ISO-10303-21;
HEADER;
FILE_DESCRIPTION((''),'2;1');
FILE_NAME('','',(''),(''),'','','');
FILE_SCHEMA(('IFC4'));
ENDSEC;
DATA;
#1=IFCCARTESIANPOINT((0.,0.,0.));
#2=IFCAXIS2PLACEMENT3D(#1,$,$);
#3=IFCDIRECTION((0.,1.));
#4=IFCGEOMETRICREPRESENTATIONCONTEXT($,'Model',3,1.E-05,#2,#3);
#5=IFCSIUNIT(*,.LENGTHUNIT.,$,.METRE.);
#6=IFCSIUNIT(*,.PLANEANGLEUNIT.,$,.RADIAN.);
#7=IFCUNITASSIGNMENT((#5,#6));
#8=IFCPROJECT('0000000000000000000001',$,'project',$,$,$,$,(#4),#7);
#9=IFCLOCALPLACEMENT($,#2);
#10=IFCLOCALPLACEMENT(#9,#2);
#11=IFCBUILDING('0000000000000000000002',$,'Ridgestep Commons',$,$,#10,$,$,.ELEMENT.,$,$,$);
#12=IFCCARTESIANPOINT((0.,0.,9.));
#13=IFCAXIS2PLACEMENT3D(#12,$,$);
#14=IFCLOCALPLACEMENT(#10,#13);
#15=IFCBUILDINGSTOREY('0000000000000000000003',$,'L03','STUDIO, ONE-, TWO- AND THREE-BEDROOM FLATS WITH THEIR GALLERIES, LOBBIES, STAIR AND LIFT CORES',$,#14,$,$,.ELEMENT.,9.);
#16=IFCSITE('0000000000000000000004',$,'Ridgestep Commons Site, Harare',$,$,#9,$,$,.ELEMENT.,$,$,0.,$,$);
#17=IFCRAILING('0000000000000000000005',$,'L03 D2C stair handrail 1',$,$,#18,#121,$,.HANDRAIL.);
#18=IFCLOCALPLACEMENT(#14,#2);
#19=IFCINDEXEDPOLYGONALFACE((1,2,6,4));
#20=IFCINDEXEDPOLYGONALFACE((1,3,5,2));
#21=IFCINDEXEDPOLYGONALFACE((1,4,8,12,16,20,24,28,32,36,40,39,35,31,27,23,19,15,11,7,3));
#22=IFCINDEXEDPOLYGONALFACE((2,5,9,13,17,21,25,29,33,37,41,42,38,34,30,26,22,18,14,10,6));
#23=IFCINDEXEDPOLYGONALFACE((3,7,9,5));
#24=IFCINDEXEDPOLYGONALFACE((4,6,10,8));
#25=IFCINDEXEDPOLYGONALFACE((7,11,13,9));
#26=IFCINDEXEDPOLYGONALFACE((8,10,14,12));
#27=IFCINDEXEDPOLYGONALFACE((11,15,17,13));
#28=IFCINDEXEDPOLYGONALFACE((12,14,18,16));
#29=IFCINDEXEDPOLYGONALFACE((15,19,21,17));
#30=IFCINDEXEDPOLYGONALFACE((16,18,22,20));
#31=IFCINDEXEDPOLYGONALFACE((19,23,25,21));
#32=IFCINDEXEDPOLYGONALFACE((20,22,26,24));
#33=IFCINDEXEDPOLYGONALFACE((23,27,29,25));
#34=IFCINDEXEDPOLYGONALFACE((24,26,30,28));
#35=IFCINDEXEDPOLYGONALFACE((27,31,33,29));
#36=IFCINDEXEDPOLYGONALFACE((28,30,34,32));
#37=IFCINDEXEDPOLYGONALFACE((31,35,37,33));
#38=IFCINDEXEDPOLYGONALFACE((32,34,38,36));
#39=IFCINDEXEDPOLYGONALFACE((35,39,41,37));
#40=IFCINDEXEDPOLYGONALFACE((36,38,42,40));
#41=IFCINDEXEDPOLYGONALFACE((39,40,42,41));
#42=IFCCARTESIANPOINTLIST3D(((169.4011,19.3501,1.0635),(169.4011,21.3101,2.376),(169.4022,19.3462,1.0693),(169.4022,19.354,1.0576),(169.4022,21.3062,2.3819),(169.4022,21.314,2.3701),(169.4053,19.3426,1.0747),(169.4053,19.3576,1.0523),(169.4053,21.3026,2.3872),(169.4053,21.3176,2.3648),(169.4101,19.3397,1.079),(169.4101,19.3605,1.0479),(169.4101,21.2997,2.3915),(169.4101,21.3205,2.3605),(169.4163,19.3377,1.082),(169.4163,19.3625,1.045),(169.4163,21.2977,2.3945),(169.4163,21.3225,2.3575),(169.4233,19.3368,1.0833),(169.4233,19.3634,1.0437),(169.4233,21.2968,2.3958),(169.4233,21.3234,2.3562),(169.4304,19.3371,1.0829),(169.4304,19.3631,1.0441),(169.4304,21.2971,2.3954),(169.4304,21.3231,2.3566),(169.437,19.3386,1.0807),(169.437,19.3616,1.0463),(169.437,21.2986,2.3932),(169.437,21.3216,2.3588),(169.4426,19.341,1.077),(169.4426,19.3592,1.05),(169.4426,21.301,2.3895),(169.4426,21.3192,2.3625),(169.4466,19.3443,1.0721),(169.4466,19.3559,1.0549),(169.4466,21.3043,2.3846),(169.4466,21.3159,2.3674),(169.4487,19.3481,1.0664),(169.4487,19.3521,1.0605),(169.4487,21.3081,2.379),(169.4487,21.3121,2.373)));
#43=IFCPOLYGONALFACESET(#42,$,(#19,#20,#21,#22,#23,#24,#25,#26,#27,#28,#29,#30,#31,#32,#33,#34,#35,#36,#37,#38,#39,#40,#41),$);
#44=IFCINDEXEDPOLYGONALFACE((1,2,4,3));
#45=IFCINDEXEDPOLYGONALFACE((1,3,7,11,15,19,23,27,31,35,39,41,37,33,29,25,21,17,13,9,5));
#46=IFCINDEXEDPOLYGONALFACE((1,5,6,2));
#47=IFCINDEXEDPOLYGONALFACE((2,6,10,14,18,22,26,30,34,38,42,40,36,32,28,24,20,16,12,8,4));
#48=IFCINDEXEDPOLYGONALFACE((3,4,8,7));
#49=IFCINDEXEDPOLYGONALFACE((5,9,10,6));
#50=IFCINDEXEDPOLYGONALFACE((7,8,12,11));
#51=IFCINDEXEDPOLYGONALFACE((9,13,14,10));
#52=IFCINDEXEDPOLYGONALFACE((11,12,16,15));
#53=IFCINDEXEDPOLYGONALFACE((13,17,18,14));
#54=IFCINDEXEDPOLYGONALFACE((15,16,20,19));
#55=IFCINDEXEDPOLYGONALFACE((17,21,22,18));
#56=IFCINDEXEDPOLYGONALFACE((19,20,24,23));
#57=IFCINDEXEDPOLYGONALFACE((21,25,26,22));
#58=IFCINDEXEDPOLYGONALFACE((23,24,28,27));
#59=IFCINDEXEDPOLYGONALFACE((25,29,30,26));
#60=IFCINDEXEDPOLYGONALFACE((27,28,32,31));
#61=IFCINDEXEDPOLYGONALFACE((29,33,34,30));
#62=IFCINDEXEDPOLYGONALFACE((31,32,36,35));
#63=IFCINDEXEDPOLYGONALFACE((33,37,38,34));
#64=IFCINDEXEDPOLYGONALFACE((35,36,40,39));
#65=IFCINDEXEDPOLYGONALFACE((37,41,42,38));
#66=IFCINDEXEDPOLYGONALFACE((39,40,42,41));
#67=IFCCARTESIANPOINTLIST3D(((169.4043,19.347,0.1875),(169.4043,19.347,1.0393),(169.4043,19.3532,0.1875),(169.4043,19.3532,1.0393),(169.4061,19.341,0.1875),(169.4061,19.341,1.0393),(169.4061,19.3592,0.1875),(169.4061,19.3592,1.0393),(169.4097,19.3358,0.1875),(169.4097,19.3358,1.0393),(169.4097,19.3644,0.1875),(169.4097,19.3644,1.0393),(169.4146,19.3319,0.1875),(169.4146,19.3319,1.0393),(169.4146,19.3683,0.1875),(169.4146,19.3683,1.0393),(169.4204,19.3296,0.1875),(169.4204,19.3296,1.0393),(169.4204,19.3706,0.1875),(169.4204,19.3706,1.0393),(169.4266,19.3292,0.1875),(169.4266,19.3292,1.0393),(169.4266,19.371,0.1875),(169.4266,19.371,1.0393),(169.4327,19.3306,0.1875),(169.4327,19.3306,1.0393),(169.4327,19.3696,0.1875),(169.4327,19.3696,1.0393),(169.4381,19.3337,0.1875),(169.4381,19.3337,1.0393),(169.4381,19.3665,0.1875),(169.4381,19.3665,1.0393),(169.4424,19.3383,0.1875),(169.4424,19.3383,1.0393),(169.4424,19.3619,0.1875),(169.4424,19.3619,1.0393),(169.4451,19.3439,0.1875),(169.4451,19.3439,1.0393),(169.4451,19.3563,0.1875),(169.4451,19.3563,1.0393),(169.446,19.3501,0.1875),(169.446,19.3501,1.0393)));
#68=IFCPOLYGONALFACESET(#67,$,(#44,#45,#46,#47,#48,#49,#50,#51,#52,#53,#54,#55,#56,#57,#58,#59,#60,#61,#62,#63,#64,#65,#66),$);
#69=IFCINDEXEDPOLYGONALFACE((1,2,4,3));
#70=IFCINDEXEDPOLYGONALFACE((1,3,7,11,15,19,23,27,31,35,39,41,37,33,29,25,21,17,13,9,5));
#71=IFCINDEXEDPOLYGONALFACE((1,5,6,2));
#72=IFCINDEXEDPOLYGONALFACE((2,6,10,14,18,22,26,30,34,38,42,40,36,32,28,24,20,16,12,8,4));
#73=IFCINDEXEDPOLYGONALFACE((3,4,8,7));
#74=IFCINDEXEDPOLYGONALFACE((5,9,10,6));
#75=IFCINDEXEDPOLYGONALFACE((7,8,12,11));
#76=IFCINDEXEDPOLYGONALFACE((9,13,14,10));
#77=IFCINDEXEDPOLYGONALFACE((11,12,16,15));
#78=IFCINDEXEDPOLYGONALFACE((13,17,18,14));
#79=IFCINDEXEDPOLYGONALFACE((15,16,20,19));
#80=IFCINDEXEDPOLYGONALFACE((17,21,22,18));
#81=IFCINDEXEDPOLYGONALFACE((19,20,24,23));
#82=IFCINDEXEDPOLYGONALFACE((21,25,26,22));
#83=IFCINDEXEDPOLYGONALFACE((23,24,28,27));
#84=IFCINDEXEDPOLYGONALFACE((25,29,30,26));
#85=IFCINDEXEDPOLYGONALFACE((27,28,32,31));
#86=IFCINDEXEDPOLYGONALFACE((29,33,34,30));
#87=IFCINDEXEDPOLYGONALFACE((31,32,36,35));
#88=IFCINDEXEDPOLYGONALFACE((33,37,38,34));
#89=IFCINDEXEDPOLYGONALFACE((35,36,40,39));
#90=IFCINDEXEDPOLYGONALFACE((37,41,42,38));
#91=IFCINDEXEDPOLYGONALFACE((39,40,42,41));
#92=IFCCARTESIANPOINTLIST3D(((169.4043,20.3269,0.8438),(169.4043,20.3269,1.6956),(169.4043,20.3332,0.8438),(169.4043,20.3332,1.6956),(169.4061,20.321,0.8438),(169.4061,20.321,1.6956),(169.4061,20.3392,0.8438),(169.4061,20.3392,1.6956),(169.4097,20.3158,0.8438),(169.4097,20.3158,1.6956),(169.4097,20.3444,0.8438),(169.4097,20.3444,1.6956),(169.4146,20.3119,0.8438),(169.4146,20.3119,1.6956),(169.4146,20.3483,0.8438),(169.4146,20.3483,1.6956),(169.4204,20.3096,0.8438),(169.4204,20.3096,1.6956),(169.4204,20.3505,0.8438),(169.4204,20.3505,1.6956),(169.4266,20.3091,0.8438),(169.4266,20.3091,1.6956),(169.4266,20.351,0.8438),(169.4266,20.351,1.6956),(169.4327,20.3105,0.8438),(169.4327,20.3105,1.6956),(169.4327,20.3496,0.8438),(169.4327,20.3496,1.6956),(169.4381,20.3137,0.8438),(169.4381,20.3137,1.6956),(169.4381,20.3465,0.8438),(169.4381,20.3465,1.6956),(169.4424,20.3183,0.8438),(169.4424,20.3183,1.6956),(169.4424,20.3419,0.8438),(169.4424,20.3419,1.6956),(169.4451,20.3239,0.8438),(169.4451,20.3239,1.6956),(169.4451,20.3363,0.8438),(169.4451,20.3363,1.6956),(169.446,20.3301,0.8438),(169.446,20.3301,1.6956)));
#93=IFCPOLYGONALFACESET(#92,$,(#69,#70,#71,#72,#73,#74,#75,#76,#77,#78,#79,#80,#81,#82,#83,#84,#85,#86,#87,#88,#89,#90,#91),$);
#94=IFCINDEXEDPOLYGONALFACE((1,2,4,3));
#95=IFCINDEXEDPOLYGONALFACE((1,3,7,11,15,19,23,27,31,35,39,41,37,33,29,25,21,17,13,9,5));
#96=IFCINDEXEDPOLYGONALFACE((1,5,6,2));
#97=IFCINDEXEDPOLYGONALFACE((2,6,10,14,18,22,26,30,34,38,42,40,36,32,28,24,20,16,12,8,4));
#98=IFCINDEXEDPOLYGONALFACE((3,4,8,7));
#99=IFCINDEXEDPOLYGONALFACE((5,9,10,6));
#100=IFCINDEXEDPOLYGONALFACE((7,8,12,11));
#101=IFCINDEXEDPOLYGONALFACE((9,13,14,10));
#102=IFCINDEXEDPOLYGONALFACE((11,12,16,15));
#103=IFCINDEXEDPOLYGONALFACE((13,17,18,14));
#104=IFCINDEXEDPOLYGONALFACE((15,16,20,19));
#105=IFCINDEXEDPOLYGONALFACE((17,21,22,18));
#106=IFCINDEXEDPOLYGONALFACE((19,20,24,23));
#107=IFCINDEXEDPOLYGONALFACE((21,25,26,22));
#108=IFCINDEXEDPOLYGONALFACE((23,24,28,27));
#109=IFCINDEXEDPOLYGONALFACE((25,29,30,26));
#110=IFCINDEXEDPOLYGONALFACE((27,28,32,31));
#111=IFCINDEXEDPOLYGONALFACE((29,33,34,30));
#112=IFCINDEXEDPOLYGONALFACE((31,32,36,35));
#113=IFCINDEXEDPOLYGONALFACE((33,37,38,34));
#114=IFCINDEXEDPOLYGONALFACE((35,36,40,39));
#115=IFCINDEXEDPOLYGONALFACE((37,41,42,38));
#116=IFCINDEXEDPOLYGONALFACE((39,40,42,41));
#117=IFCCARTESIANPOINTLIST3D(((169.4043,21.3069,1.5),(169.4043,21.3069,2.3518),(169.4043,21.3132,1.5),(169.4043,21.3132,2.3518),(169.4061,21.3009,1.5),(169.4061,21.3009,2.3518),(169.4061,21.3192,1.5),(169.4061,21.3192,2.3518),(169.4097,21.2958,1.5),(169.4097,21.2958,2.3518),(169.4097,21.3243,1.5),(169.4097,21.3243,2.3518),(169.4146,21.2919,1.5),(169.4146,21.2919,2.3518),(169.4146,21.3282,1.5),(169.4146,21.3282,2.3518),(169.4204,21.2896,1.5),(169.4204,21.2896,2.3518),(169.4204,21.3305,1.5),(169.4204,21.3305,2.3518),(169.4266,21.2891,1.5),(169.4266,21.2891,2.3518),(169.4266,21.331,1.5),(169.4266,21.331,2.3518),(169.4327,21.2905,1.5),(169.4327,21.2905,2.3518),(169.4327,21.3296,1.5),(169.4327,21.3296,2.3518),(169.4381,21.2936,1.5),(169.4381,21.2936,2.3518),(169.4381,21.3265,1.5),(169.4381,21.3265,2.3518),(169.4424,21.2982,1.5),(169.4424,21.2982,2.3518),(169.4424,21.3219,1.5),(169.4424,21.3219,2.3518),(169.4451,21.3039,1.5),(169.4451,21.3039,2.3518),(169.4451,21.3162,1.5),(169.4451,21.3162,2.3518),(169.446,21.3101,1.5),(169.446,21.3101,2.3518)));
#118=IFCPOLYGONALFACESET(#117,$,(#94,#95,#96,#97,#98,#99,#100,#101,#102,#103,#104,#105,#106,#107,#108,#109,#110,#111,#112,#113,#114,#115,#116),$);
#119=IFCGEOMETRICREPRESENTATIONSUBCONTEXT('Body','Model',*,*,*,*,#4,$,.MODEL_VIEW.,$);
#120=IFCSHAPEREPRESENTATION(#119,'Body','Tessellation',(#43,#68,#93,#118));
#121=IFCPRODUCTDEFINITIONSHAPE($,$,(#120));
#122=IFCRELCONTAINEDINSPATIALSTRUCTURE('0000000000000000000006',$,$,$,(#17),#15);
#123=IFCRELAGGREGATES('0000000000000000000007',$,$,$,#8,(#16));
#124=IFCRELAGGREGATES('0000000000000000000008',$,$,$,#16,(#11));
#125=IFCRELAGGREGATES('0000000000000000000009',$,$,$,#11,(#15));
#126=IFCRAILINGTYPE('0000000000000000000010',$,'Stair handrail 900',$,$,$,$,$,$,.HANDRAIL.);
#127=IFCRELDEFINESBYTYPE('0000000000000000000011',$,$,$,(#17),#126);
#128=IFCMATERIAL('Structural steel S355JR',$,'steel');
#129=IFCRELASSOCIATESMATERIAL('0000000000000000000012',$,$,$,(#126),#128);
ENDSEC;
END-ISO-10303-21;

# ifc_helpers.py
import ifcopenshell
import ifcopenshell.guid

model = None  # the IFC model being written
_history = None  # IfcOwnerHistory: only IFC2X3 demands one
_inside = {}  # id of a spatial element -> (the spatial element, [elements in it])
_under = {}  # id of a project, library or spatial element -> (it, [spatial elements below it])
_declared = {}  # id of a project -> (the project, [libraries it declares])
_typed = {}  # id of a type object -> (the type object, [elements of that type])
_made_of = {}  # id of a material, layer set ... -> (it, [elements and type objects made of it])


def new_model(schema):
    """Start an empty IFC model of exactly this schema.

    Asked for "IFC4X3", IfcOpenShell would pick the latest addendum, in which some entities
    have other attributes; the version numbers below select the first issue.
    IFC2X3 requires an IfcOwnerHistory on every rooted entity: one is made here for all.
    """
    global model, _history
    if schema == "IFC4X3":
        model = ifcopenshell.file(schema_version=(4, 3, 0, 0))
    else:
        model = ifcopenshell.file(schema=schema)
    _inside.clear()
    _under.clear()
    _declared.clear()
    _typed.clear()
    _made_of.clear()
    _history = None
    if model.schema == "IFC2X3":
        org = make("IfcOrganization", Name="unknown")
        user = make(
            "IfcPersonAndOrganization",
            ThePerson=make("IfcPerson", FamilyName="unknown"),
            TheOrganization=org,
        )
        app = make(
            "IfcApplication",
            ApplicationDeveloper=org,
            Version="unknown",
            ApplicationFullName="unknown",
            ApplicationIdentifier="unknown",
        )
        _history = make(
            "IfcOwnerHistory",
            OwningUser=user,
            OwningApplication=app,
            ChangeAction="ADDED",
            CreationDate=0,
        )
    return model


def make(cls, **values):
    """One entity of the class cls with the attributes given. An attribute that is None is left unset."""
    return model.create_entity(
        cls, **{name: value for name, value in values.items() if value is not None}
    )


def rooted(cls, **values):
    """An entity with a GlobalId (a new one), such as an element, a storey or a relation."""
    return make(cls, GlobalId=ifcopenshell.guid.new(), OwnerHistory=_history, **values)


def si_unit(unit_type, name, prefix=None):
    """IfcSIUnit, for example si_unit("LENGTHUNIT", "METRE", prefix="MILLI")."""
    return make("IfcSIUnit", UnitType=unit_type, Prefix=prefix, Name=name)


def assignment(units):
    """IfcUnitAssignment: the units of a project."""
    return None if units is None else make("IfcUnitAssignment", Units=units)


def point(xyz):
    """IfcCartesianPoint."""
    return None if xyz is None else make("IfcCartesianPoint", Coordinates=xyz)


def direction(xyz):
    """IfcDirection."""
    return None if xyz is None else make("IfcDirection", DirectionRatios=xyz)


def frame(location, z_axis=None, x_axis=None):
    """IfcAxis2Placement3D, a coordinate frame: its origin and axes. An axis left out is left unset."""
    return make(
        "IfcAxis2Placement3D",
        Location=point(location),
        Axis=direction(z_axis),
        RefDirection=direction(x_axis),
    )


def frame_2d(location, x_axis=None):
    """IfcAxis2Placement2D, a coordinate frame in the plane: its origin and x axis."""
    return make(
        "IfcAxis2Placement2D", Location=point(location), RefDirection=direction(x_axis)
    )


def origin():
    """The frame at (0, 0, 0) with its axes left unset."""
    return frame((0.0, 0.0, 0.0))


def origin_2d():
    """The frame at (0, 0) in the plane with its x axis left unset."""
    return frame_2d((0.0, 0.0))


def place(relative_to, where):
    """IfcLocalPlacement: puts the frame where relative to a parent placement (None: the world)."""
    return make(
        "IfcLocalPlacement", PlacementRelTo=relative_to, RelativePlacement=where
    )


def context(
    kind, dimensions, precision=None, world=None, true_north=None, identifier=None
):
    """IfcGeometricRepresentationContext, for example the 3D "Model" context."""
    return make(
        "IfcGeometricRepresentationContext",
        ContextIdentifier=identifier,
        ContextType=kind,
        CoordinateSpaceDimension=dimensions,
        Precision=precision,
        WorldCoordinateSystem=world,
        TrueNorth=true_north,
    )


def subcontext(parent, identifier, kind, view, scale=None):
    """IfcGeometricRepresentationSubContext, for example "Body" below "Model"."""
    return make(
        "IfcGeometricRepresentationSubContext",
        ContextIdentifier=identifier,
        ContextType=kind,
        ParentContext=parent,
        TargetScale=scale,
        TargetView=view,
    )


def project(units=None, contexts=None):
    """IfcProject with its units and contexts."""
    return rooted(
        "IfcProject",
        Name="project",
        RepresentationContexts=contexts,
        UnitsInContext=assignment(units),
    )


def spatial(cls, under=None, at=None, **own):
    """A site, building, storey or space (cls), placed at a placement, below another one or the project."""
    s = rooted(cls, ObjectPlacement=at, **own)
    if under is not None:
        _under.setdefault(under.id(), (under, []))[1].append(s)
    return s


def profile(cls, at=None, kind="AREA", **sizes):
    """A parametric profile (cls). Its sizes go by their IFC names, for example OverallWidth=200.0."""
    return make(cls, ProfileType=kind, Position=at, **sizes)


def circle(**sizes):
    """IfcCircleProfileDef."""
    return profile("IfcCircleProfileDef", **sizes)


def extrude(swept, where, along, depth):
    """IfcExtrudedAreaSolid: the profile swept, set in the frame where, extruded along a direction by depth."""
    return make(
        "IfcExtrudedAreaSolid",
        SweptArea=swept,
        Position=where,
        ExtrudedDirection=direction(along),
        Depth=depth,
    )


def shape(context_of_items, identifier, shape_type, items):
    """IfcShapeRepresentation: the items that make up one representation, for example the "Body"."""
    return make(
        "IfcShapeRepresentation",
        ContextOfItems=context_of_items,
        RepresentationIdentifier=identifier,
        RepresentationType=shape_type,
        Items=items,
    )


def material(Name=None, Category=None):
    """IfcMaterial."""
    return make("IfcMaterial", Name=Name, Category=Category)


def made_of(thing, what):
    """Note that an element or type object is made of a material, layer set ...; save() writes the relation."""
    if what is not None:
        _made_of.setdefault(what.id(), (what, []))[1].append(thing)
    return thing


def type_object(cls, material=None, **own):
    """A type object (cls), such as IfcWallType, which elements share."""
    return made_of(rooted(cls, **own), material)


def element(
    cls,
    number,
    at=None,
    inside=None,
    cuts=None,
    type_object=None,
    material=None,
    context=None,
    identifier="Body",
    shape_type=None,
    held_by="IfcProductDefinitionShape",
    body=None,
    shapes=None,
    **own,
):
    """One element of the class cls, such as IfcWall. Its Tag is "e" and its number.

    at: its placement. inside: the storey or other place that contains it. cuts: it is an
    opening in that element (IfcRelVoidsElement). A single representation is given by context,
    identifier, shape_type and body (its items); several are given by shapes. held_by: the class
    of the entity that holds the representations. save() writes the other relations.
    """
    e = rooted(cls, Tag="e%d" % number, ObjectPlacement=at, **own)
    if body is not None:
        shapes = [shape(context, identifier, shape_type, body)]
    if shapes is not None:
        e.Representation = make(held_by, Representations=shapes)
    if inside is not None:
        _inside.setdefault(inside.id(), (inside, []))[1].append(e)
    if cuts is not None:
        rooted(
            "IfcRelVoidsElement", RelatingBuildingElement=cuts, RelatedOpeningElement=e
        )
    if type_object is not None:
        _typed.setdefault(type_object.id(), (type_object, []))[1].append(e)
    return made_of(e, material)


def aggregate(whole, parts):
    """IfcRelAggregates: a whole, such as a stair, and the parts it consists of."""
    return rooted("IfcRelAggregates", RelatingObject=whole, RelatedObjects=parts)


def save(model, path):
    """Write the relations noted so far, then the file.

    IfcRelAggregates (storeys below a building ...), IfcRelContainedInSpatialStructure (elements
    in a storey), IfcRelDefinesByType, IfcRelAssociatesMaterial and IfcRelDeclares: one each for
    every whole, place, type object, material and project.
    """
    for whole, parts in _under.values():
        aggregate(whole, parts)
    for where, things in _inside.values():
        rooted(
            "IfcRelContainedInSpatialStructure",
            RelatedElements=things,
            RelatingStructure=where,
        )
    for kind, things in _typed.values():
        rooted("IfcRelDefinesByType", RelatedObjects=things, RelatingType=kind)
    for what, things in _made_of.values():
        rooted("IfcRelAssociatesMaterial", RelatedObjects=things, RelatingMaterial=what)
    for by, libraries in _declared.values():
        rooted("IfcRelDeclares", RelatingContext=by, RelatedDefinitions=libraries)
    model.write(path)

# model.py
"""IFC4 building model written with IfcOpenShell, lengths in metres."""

from ifc_helpers import new_model, si_unit, direction, frame, origin, origin_2d, place, context, subcontext, project, spatial, circle, extrude, material, type_object, element, save


model = new_model("IFC4")

# Units and contexts
model_context = context("Model", 3, precision=1e-05, world=origin(), true_north=direction((0.0, 1.0)))
body_context = subcontext(model_context, "Body", "Model", "MODEL_VIEW")
ifc_project = project(units=[si_unit("LENGTHUNIT", "METRE"), si_unit("PLANEANGLEUNIT", "RADIAN")], contexts=[model_context])

# Site, building, storey
site_placement = place(None, origin())
site = spatial("IfcSite", under=ifc_project, at=site_placement, Name="Ridgestep Commons Site, Harare", CompositionType="ELEMENT", RefElevation=0.0)
building_placement = place(site_placement, origin())
building = spatial("IfcBuilding", under=site, at=building_placement, Name="Ridgestep Commons", CompositionType="ELEMENT")
storey_placement = place(building_placement, frame((0.0, 0.0, 9.0)))
storey = spatial("IfcBuildingStorey", under=building, at=storey_placement, Name="L03", Description="STUDIO, ONE-, TWO- AND THREE-BEDROOM FLATS WITH THEIR GALLERIES, LOBBIES, STAIR AND LIFT CORES", CompositionType="ELEMENT", Elevation=9.0)

# Railing
ifc_material_1 = material(Name="Structural steel S355JR", Category="steel")
railing_type_1 = type_object("IfcRailingType", Name="Stair handrail 900", PredefinedType="HANDRAIL", material=ifc_material_1)
railing_1_placement = place(storey_placement, frame((169.425, 19.3501, 0.1875)))
element("IfcRailing", 1, at=railing_1_placement, inside=storey, type_object=railing_type_1, Name="L03 D2C stair handrail 1", PredefinedType="HANDRAIL", context=body_context, shape_type="SweptSolid", body=[
    extrude(circle(Radius=0.0239, at=origin_2d()), frame((0.0, 0.0, 0.876), z_axis=(0.0, 0.830902, 0.556419), x_axis=(-1.0, 0.0, 0.0)), (0.0, 0.0, 1.0), 2.3589),
    extrude(circle(Radius=0.021, at=origin_2d()), origin(), (0.0, 0.0, 1.0), 0.8518),
    extrude(circle(Radius=0.021, at=origin_2d()), frame((0.0, 0.98, 0.6562)), (0.0, 0.0, 1.0), 0.8518),
    extrude(circle(Radius=0.021, at=origin_2d()), frame((0.0, 1.96, 1.3125)), (0.0, 0.0, 1.0), 0.8518),
])

save(model, "model.ifc")
